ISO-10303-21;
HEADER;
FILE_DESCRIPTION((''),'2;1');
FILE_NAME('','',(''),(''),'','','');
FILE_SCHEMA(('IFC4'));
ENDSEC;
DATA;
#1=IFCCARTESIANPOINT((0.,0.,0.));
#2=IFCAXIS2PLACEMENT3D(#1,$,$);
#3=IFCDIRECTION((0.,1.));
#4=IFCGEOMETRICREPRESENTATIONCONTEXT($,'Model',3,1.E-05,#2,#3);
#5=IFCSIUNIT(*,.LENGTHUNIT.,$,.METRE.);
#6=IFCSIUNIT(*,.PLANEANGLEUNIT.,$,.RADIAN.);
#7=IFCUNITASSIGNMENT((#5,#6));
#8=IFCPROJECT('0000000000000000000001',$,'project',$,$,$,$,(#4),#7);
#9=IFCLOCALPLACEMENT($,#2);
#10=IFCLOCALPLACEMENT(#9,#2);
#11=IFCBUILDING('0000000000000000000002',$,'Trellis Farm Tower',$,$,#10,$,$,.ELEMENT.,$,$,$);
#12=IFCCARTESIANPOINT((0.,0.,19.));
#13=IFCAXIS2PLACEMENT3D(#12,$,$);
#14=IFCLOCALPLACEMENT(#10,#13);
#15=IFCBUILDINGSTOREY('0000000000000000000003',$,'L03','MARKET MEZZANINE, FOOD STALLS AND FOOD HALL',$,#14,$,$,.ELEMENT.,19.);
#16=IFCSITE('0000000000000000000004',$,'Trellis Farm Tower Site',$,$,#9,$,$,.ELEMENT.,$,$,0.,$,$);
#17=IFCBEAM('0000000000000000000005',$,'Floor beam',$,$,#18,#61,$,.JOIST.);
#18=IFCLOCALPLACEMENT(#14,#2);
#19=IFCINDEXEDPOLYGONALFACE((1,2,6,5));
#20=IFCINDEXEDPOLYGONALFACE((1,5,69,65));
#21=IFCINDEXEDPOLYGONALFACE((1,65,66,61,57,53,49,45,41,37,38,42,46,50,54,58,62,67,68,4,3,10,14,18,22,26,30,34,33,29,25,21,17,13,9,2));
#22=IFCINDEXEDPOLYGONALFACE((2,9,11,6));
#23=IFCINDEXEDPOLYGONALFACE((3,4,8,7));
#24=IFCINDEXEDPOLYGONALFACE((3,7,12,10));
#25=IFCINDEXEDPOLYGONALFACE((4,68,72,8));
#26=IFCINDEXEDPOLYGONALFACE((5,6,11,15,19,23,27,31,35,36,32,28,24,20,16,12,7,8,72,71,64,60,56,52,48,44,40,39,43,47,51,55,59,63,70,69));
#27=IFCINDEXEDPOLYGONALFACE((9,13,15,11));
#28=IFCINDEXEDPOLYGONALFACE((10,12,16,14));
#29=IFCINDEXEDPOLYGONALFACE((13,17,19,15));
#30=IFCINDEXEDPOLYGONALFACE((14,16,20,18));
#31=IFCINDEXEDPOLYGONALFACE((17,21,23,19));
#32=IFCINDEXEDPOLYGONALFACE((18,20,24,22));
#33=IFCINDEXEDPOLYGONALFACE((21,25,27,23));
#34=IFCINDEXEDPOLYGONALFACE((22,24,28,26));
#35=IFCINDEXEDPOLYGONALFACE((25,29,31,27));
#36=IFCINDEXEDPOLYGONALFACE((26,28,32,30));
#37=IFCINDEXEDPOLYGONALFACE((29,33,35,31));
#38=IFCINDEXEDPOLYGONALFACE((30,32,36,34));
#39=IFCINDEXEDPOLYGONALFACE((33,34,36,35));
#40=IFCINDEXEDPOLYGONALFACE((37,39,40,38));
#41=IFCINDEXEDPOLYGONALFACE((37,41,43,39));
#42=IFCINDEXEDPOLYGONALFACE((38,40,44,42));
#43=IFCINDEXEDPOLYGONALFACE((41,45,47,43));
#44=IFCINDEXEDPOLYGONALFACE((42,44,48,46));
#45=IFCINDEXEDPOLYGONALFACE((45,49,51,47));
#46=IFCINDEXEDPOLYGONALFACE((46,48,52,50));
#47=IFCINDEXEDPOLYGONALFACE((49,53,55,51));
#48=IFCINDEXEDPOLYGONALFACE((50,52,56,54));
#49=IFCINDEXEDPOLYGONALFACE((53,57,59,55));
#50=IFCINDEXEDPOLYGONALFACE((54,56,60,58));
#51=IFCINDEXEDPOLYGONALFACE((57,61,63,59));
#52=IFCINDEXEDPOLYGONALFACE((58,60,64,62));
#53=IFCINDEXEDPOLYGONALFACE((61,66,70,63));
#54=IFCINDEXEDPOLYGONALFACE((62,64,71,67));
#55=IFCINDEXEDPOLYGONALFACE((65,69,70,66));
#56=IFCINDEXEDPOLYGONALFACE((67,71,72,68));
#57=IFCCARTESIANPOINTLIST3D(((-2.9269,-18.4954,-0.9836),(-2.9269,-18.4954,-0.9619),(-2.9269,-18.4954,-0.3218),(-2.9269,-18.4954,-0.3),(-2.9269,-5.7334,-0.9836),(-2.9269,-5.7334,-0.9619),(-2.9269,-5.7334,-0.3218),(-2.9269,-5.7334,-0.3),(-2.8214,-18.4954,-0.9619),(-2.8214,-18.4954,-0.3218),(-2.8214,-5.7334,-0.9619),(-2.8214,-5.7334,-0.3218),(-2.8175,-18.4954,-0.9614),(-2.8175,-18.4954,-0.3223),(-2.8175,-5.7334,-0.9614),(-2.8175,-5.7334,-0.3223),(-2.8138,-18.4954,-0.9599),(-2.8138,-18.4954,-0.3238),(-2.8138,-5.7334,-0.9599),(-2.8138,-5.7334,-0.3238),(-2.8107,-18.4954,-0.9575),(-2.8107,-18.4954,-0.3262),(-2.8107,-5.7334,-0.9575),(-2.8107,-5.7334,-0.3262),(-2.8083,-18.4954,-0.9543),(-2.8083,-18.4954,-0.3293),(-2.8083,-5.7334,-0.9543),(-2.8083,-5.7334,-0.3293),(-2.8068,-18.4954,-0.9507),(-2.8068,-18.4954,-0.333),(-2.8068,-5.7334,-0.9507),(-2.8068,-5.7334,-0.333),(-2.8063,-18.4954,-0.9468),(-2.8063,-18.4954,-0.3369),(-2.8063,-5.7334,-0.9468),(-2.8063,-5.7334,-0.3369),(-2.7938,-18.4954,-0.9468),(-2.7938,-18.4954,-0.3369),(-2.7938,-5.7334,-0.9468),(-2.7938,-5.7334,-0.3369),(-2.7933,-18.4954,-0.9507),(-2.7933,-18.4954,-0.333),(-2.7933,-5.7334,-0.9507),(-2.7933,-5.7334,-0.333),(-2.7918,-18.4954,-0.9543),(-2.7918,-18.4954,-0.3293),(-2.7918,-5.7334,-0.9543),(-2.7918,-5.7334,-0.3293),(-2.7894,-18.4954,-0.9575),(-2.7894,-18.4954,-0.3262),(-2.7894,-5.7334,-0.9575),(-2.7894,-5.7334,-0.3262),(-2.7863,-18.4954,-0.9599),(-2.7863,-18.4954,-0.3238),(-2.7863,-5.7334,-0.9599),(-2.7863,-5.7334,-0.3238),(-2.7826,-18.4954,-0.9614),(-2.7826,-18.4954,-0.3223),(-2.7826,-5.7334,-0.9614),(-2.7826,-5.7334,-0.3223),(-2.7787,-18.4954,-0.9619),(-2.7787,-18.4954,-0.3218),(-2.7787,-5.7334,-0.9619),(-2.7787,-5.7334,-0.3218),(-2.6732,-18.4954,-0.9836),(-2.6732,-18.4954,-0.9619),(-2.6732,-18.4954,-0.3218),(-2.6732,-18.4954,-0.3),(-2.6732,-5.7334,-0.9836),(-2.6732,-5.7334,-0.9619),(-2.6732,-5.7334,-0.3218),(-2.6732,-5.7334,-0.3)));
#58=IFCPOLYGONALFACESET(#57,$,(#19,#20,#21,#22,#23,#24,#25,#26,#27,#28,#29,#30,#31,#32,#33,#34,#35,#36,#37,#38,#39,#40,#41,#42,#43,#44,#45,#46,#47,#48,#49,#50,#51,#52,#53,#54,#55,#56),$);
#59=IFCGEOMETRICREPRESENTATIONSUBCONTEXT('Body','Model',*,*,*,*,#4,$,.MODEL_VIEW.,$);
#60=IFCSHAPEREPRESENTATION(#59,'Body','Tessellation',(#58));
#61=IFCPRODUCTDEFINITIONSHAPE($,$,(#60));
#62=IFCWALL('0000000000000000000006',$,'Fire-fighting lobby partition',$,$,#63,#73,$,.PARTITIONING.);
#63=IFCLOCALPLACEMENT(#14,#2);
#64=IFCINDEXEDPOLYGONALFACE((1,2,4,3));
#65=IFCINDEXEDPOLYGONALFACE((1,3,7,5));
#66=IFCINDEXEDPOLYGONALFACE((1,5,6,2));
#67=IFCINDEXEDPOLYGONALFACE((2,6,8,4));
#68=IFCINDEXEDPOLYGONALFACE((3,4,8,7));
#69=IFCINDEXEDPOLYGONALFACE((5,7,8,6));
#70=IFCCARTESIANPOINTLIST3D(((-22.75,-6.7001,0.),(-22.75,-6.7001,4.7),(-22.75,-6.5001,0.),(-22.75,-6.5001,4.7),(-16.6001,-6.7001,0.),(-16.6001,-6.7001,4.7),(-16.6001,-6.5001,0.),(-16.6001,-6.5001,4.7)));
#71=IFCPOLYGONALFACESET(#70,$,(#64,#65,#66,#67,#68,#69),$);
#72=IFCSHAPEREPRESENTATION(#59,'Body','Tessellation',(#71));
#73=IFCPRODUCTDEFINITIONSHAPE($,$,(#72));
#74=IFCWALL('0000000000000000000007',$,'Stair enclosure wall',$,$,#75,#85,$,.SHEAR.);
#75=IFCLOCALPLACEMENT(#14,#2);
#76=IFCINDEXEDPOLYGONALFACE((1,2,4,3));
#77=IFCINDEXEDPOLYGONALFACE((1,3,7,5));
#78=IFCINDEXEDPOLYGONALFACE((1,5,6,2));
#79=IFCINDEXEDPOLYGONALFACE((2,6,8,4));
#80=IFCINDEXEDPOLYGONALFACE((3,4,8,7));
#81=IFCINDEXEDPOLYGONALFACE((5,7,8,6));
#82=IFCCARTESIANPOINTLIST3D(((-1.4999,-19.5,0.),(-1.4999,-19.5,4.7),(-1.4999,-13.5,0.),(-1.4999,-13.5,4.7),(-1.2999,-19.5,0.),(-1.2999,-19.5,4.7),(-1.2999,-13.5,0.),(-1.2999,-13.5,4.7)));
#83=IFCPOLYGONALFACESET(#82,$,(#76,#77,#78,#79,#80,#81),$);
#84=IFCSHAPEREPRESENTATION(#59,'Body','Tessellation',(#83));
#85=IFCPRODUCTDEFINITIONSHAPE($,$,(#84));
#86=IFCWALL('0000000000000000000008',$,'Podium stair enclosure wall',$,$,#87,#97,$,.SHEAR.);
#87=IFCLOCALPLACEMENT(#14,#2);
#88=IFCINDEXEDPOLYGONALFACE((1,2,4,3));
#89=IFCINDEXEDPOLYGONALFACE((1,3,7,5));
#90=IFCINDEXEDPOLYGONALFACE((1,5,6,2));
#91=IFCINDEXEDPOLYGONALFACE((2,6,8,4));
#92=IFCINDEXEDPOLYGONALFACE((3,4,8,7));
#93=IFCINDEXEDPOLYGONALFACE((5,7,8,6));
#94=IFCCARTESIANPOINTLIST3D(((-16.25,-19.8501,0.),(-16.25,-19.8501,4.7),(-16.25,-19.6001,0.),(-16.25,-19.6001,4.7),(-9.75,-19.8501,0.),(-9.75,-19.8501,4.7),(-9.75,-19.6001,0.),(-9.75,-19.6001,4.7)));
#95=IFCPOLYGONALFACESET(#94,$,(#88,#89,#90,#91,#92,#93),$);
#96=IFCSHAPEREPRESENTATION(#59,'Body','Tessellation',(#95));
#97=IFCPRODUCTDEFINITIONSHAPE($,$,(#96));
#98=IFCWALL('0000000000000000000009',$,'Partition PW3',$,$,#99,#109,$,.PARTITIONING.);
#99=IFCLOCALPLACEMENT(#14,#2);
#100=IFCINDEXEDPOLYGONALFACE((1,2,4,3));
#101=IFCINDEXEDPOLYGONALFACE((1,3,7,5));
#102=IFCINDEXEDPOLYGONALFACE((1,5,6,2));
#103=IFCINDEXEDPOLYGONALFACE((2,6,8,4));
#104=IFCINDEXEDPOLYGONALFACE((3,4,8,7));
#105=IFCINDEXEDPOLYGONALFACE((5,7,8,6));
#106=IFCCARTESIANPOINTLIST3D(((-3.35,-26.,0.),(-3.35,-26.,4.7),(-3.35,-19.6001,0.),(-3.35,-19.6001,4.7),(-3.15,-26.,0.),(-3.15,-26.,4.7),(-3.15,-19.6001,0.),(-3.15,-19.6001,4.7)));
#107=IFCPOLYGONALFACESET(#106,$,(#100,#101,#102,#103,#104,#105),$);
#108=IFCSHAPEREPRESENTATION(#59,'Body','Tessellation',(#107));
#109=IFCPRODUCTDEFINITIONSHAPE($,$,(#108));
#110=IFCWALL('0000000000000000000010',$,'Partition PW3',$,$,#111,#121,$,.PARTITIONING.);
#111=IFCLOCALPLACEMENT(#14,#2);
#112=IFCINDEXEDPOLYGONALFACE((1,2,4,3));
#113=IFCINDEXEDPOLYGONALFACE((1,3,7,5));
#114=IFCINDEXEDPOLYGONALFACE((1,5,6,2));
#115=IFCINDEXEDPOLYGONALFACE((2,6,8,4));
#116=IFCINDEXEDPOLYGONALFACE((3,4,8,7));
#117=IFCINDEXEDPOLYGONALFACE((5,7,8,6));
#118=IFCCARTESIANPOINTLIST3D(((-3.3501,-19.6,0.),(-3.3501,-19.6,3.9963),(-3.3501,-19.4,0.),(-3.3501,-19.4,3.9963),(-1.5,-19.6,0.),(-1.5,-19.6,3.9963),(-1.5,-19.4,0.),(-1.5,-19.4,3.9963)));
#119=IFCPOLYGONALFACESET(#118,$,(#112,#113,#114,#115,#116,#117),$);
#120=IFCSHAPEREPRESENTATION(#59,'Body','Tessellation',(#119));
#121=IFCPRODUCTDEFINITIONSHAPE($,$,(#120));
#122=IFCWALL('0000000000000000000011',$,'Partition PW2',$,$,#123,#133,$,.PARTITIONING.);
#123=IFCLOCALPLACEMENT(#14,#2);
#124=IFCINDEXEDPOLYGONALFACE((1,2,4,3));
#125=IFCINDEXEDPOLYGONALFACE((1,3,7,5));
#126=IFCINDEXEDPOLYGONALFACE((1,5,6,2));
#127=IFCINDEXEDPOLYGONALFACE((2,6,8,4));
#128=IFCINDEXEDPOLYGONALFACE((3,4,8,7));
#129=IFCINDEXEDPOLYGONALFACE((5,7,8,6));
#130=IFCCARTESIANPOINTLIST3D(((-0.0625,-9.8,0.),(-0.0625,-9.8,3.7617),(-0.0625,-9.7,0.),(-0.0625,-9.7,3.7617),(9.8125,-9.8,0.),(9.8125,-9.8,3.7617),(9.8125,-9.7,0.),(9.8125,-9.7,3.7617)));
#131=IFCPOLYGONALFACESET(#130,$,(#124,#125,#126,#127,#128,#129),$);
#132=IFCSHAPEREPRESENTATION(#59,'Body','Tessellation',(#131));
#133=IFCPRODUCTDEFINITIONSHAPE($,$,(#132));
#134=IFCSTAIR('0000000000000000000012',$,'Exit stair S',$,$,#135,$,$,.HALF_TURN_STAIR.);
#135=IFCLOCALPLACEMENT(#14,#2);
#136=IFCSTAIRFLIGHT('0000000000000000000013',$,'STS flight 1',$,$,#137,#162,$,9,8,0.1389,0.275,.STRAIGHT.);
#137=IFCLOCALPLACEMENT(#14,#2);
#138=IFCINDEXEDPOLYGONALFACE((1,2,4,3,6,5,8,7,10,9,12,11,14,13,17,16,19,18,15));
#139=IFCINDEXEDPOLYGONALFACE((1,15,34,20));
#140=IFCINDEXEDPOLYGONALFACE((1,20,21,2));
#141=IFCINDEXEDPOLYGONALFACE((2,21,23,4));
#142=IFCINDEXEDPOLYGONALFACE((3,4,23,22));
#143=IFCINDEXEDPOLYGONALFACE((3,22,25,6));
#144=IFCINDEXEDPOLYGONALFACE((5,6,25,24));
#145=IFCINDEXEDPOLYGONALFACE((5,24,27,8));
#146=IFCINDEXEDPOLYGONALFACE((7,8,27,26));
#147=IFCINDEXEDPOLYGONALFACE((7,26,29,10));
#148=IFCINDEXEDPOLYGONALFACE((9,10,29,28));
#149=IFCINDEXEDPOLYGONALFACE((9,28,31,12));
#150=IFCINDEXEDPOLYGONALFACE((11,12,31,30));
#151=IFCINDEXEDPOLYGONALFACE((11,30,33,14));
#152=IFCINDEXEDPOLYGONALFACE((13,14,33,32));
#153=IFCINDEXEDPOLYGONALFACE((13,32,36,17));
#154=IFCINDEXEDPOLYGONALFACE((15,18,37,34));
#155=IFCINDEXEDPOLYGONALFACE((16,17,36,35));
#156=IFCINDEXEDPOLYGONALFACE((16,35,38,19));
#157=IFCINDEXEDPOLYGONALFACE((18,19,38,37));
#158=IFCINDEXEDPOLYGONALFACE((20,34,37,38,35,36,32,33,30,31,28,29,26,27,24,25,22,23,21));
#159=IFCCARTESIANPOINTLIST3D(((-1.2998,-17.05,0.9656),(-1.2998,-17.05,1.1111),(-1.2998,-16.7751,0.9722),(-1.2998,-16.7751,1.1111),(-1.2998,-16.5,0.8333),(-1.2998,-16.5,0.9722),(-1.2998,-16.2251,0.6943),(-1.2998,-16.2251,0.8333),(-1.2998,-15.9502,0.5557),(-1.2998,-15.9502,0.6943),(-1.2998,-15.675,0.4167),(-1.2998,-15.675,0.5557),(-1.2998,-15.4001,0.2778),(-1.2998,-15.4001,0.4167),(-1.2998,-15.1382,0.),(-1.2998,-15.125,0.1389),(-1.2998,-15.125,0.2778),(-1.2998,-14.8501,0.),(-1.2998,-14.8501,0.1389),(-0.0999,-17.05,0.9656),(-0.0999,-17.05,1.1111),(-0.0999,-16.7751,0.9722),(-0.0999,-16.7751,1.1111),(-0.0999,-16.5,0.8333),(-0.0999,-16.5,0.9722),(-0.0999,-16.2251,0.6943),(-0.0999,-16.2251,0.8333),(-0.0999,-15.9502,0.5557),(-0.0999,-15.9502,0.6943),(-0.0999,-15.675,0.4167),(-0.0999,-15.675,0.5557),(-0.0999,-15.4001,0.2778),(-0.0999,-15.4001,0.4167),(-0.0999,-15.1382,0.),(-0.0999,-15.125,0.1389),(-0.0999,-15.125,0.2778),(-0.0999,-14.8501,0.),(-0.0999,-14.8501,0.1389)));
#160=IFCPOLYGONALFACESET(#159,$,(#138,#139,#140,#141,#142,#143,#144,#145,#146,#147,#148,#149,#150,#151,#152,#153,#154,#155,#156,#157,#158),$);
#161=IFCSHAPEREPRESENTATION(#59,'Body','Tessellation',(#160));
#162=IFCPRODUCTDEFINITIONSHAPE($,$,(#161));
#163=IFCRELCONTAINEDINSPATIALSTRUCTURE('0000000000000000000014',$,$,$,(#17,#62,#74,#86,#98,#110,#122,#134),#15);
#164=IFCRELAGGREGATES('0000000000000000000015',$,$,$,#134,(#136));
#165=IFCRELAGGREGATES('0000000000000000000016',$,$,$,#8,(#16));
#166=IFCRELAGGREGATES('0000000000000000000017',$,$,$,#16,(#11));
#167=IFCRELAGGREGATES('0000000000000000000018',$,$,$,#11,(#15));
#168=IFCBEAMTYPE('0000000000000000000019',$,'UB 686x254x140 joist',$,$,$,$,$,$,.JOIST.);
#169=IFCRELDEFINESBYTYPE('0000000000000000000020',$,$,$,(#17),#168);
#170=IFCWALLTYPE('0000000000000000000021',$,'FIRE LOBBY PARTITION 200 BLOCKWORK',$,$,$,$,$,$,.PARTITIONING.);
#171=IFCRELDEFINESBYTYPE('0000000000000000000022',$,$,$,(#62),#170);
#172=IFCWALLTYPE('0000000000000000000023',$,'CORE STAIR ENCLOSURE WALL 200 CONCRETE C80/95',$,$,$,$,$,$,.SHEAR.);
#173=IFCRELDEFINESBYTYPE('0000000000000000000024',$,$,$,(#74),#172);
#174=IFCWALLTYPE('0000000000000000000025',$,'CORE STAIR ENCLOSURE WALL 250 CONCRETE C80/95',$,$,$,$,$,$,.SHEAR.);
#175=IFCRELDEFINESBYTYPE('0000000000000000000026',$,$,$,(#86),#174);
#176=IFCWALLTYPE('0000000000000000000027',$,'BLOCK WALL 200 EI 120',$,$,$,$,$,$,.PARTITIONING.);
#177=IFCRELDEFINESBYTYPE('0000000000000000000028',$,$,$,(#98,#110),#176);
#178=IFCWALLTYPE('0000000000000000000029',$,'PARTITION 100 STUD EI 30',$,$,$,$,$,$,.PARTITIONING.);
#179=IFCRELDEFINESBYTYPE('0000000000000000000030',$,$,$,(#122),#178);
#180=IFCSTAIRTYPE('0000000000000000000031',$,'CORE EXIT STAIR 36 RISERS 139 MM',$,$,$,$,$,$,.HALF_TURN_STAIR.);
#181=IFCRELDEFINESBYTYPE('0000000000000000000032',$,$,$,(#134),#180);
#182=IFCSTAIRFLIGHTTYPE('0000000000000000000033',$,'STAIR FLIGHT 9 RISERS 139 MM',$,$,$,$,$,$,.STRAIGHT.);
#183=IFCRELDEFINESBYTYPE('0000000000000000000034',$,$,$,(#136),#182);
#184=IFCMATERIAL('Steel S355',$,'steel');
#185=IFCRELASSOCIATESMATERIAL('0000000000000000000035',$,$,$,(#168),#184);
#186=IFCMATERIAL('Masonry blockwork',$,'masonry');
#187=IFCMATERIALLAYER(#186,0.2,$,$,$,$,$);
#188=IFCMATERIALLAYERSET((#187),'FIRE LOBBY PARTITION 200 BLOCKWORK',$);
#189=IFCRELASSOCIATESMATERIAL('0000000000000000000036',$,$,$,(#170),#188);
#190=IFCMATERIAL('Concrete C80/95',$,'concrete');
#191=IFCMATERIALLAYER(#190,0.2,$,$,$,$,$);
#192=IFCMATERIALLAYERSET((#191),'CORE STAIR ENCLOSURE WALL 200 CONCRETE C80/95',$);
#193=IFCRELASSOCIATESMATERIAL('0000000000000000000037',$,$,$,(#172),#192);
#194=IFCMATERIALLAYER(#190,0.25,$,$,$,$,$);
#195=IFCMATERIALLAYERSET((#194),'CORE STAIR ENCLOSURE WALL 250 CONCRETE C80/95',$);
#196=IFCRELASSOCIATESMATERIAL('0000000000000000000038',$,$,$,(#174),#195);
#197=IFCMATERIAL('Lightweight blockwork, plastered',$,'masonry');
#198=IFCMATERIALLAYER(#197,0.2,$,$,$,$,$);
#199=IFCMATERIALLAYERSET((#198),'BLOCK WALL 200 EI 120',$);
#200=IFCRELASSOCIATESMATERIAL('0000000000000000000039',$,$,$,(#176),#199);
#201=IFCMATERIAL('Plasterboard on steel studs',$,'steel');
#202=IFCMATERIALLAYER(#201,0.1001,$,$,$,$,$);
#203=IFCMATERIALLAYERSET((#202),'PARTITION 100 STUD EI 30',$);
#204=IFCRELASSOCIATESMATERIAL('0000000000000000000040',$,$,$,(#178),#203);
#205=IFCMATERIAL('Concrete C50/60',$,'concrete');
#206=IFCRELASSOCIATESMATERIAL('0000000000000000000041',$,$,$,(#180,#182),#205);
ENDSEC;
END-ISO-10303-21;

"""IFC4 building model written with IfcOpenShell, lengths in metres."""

from ifc_helpers import new_model, si_unit, direction, frame, frame_2d, origin, origin_2d, place, context, subcontext, project, spatial, polyline, rectangle, i_section, outline, extrude, source, transform, mapped, material, layer, layer_set, material_profile, profile_set, type_object, element, aggregate, save


model = new_model("IFC4")

# Units and contexts
model_context = context("Model", 3, precision=1e-05, world=origin(), true_north=direction((0.0, 1.0)))
body_context = subcontext(model_context, "Body", "Model", "MODEL_VIEW")
ifc_project = project(units=[si_unit("LENGTHUNIT", "METRE"), si_unit("PLANEANGLEUNIT", "RADIAN")], contexts=[model_context])

# Site, building, storey
site_placement = place(None, origin())
site = spatial("IfcSite", under=ifc_project, at=site_placement, Name="Trellis Farm Tower Site", CompositionType="ELEMENT", RefElevation=0.0)
building_placement = place(site_placement, origin())
building = spatial("IfcBuilding", under=site, at=building_placement, Name="Trellis Farm Tower", CompositionType="ELEMENT")
storey_placement = place(building_placement, frame((0.0, 0.0, 19.0)))
storey = spatial("IfcBuildingStorey", under=building, at=storey_placement, Name="L03", Description="MARKET MEZZANINE, FOOD STALLS AND FOOD HALL", CompositionType="ELEMENT", Elevation=19.0)

# Shared definitions
ifc_material_1 = material(Name="Concrete C80/95", Category="concrete")

# Beam
ifc_material_2 = material(Name="Steel S355", Category="steel")
ifc_material_profile_1 = material_profile(ifc_material_2, i_section(OverallWidth=0.2537, OverallDepth=0.6836, WebThickness=0.0125, FlangeThickness=0.0217, FilletRadius=0.0151, at=origin_2d()), Name="UB 686x254x140")
ifc_profile_set_1 = profile_set([ifc_material_profile_1], Name="Steel S355")
beam_type_1 = type_object("IfcBeamType", Name="UB 686x254x140 joist", PredefinedType="JOIST", material=ifc_profile_set_1)
shared_shape_1 = source(origin(), body_context, "Body", "SweptSolid", [
    extrude(i_section(OverallWidth=0.2537, OverallDepth=0.6836, WebThickness=0.0125, FlangeThickness=0.0217, FilletRadius=0.0151, at=origin_2d()), origin(), (0.0, 0.0, 1.0), 12.762),
])
beam_1_placement = place(storey_placement, frame((-2.8, -18.4954, -0.6418), z_axis=(0.0, 1.0, 0.0), x_axis=(-1.0, 0.0, 0.0)))
element("IfcBeam", 1, at=beam_1_placement, inside=storey, type_object=beam_type_1, Name="Floor beam", PredefinedType="JOIST", context=body_context, shape_type="MappedRepresentation", body=[
    mapped(shared_shape_1, transform((0.0, 0.0, 0.0))),
])

# Walls
ifc_material_3 = material(Name="Masonry blockwork", Category="masonry")
ifc_layer_1 = layer(ifc_material_3, 0.2)
ifc_layer_set_1 = layer_set([ifc_layer_1], Name="FIRE LOBBY PARTITION 200 BLOCKWORK")
wall_type_1 = type_object("IfcWallType", Name="FIRE LOBBY PARTITION 200 BLOCKWORK", PredefinedType="PARTITIONING", material=ifc_layer_set_1)
shared_shape_2 = source(origin(), body_context, "Body", "SweptSolid", [
    extrude(rectangle(XDim=6.1499, YDim=0.2, at=frame_2d((3.075, 0.0))), origin(), (0.0, 0.0, 1.0), 4.7),
])
wall_1_placement = place(storey_placement, frame((-16.6001, -6.6001, 0.0), z_axis=(0.0, 0.0, 1.0), x_axis=(-1.0, 0.0, 0.0)))
element("IfcWall", 2, at=wall_1_placement, inside=storey, type_object=wall_type_1, Name="Fire-fighting lobby partition", PredefinedType="PARTITIONING", context=body_context, shape_type="MappedRepresentation", body=[
    mapped(shared_shape_2, transform((0.0, 0.0, 0.0))),
])
ifc_layer_2 = layer(ifc_material_1, 0.2)
ifc_layer_set_2 = layer_set([ifc_layer_2], Name="CORE STAIR ENCLOSURE WALL 200 CONCRETE C80/95")
wall_type_2 = type_object("IfcWallType", Name="CORE STAIR ENCLOSURE WALL 200 CONCRETE C80/95", PredefinedType="SHEAR", material=ifc_layer_set_2)
shared_shape_3 = source(origin(), body_context, "Body", "SweptSolid", [
    extrude(rectangle(XDim=6.0, YDim=0.2, at=frame_2d((3.0, 0.0))), origin(), (0.0, 0.0, 1.0), 4.7),
])
wall_2_placement = place(storey_placement, frame((-1.3999, -13.5, 0.0), z_axis=(0.0, 0.0, 1.0), x_axis=(0.0, -1.0, 0.0)))
element("IfcWall", 3, at=wall_2_placement, inside=storey, type_object=wall_type_2, Name="Stair enclosure wall", PredefinedType="SHEAR", context=body_context, shape_type="MappedRepresentation", body=[
    mapped(shared_shape_3, transform((0.0, 0.0, 0.0))),
])
ifc_layer_3 = layer(ifc_material_1, 0.25)
ifc_layer_set_3 = layer_set([ifc_layer_3], Name="CORE STAIR ENCLOSURE WALL 250 CONCRETE C80/95")
wall_type_3 = type_object("IfcWallType", Name="CORE STAIR ENCLOSURE WALL 250 CONCRETE C80/95", PredefinedType="SHEAR", material=ifc_layer_set_3)
shared_shape_4 = source(origin(), body_context, "Body", "SweptSolid", [
    extrude(rectangle(XDim=6.5, YDim=0.25, at=frame_2d((3.25, 0.0))), origin(), (0.0, 0.0, 1.0), 4.7),
])
wall_3_placement = place(storey_placement, frame((-16.25, -19.7251, 0.0), z_axis=(0.0, 0.0, 1.0), x_axis=(1.0, 0.0, 0.0)))
element("IfcWall", 4, at=wall_3_placement, inside=storey, type_object=wall_type_3, Name="Podium stair enclosure wall", PredefinedType="SHEAR", context=body_context, shape_type="MappedRepresentation", body=[
    mapped(shared_shape_4, transform((0.0, 0.0, 0.0))),
])
ifc_material_4 = material(Name="Lightweight blockwork, plastered", Category="masonry")
ifc_layer_4 = layer(ifc_material_4, 0.2)
ifc_layer_set_4 = layer_set([ifc_layer_4], Name="BLOCK WALL 200 EI 120")
wall_type_4 = type_object("IfcWallType", Name="BLOCK WALL 200 EI 120", PredefinedType="PARTITIONING", material=ifc_layer_set_4)
shared_shape_5 = source(origin(), body_context, "Body", "SweptSolid", [
    extrude(rectangle(XDim=6.3999, YDim=0.2, at=frame_2d((3.2, 0.0))), origin(), (0.0, 0.0, 1.0), 4.7),
])
wall_4_placement = place(storey_placement, frame((-3.25, -19.6001, 0.0), z_axis=(0.0, 0.0, 1.0), x_axis=(0.0, -1.0, 0.0)))
element("IfcWall", 5, at=wall_4_placement, inside=storey, type_object=wall_type_4, Name="Partition PW3", PredefinedType="PARTITIONING", context=body_context, shape_type="MappedRepresentation", body=[
    mapped(shared_shape_5, transform((0.0, 0.0, 0.0))),
])
shared_shape_6 = source(origin(), body_context, "Body", "SweptSolid", [
    extrude(rectangle(XDim=1.8501, YDim=0.2, at=frame_2d((0.925, 0.0))), origin(), (0.0, 0.0, 1.0), 3.9963),
])
wall_5_placement = place(storey_placement, frame((-3.3501, -19.5, 0.0), z_axis=(0.0, 0.0, 1.0), x_axis=(1.0, 0.0, 0.0)))
element("IfcWall", 6, at=wall_5_placement, inside=storey, type_object=wall_type_4, Name="Partition PW3", PredefinedType="PARTITIONING", context=body_context, shape_type="MappedRepresentation", body=[
    mapped(shared_shape_6, transform((0.0, 0.0, 0.0))),
])
ifc_material_5 = material(Name="Plasterboard on steel studs", Category="steel")
ifc_layer_5 = layer(ifc_material_5, 0.1001)
ifc_layer_set_5 = layer_set([ifc_layer_5], Name="PARTITION 100 STUD EI 30")
wall_type_5 = type_object("IfcWallType", Name="PARTITION 100 STUD EI 30", PredefinedType="PARTITIONING", material=ifc_layer_set_5)
shared_shape_7 = source(origin(), body_context, "Body", "SweptSolid", [
    extrude(rectangle(XDim=9.875, YDim=0.1001, at=frame_2d((4.9375, 0.0))), origin(), (0.0, 0.0, 1.0), 3.7617),
])
wall_6_placement = place(storey_placement, frame((-0.0625, -9.75, 0.0), z_axis=(0.0, 0.0, 1.0), x_axis=(1.0, 0.0, 0.0)))
element("IfcWall", 7, at=wall_6_placement, inside=storey, type_object=wall_type_5, Name="Partition PW2", PredefinedType="PARTITIONING", context=body_context, shape_type="MappedRepresentation", body=[
    mapped(shared_shape_7, transform((0.0, 0.0, 0.0))),
])

# Stair, stair flight
ifc_material_6 = material(Name="Concrete C50/60", Category="concrete")
stair_type = type_object("IfcStairType", Name="CORE EXIT STAIR 36 RISERS 139 MM", PredefinedType="HALF_TURN_STAIR", material=ifc_material_6)
stair_placement = place(storey_placement, origin())
stair = element("IfcStair", 8, at=stair_placement, inside=storey, type_object=stair_type, Name="Exit stair S", PredefinedType="HALF_TURN_STAIR")
stair_flight_type = type_object("IfcStairFlightType", Name="STAIR FLIGHT 9 RISERS 139 MM", PredefinedType="STRAIGHT", material=ifc_material_6)
shared_shape_8 = source(origin(), body_context, "Body", "SweptSolid", [
    extrude(outline(polyline([(0.0, 0.0), (0.0, 0.1389), (0.2749, 0.1389), (0.2749, 0.2778), (0.55, 0.2778), (0.55, 0.4167), (0.825, 0.4167), (0.825, 0.5557), (1.1001, 0.5557), (1.1001, 0.6943), (1.375, 0.6943), (1.375, 0.8333), (1.6499, 0.8333), (1.6499, 0.9722), (1.925, 0.9722), (1.925, 1.1111), (2.2, 1.1111), (2.2, 1.25), (2.2, 0.9656), (0.2881, 0.0), (0.0, 0.0)])), frame((0.0, 0.6001, 0.0), z_axis=(0.0, -1.0, 0.0), x_axis=(1.0, 0.0, 0.0)), (0.0, 0.0, 1.0), 1.2),
])
stair_flight_1_placement = place(storey_placement, frame((-0.7, -14.8501, 0.0), z_axis=(0.0, 0.0, 1.0), x_axis=(0.0, -1.0, 0.0)))
stair_flight_1 = element("IfcStairFlight", 9, at=stair_flight_1_placement, type_object=stair_flight_type, Name="STS flight 1", NumberOfRisers=9, NumberOfTreads=8, PredefinedType="STRAIGHT", RiserHeight=0.1389, TreadLength=0.275, context=body_context, shape_type="MappedRepresentation", body=[
    mapped(shared_shape_8, transform((0.0, 0.0, 0.0))),
])
aggregate(stair, [stair_flight_1])

save(model, "model.ifc")
